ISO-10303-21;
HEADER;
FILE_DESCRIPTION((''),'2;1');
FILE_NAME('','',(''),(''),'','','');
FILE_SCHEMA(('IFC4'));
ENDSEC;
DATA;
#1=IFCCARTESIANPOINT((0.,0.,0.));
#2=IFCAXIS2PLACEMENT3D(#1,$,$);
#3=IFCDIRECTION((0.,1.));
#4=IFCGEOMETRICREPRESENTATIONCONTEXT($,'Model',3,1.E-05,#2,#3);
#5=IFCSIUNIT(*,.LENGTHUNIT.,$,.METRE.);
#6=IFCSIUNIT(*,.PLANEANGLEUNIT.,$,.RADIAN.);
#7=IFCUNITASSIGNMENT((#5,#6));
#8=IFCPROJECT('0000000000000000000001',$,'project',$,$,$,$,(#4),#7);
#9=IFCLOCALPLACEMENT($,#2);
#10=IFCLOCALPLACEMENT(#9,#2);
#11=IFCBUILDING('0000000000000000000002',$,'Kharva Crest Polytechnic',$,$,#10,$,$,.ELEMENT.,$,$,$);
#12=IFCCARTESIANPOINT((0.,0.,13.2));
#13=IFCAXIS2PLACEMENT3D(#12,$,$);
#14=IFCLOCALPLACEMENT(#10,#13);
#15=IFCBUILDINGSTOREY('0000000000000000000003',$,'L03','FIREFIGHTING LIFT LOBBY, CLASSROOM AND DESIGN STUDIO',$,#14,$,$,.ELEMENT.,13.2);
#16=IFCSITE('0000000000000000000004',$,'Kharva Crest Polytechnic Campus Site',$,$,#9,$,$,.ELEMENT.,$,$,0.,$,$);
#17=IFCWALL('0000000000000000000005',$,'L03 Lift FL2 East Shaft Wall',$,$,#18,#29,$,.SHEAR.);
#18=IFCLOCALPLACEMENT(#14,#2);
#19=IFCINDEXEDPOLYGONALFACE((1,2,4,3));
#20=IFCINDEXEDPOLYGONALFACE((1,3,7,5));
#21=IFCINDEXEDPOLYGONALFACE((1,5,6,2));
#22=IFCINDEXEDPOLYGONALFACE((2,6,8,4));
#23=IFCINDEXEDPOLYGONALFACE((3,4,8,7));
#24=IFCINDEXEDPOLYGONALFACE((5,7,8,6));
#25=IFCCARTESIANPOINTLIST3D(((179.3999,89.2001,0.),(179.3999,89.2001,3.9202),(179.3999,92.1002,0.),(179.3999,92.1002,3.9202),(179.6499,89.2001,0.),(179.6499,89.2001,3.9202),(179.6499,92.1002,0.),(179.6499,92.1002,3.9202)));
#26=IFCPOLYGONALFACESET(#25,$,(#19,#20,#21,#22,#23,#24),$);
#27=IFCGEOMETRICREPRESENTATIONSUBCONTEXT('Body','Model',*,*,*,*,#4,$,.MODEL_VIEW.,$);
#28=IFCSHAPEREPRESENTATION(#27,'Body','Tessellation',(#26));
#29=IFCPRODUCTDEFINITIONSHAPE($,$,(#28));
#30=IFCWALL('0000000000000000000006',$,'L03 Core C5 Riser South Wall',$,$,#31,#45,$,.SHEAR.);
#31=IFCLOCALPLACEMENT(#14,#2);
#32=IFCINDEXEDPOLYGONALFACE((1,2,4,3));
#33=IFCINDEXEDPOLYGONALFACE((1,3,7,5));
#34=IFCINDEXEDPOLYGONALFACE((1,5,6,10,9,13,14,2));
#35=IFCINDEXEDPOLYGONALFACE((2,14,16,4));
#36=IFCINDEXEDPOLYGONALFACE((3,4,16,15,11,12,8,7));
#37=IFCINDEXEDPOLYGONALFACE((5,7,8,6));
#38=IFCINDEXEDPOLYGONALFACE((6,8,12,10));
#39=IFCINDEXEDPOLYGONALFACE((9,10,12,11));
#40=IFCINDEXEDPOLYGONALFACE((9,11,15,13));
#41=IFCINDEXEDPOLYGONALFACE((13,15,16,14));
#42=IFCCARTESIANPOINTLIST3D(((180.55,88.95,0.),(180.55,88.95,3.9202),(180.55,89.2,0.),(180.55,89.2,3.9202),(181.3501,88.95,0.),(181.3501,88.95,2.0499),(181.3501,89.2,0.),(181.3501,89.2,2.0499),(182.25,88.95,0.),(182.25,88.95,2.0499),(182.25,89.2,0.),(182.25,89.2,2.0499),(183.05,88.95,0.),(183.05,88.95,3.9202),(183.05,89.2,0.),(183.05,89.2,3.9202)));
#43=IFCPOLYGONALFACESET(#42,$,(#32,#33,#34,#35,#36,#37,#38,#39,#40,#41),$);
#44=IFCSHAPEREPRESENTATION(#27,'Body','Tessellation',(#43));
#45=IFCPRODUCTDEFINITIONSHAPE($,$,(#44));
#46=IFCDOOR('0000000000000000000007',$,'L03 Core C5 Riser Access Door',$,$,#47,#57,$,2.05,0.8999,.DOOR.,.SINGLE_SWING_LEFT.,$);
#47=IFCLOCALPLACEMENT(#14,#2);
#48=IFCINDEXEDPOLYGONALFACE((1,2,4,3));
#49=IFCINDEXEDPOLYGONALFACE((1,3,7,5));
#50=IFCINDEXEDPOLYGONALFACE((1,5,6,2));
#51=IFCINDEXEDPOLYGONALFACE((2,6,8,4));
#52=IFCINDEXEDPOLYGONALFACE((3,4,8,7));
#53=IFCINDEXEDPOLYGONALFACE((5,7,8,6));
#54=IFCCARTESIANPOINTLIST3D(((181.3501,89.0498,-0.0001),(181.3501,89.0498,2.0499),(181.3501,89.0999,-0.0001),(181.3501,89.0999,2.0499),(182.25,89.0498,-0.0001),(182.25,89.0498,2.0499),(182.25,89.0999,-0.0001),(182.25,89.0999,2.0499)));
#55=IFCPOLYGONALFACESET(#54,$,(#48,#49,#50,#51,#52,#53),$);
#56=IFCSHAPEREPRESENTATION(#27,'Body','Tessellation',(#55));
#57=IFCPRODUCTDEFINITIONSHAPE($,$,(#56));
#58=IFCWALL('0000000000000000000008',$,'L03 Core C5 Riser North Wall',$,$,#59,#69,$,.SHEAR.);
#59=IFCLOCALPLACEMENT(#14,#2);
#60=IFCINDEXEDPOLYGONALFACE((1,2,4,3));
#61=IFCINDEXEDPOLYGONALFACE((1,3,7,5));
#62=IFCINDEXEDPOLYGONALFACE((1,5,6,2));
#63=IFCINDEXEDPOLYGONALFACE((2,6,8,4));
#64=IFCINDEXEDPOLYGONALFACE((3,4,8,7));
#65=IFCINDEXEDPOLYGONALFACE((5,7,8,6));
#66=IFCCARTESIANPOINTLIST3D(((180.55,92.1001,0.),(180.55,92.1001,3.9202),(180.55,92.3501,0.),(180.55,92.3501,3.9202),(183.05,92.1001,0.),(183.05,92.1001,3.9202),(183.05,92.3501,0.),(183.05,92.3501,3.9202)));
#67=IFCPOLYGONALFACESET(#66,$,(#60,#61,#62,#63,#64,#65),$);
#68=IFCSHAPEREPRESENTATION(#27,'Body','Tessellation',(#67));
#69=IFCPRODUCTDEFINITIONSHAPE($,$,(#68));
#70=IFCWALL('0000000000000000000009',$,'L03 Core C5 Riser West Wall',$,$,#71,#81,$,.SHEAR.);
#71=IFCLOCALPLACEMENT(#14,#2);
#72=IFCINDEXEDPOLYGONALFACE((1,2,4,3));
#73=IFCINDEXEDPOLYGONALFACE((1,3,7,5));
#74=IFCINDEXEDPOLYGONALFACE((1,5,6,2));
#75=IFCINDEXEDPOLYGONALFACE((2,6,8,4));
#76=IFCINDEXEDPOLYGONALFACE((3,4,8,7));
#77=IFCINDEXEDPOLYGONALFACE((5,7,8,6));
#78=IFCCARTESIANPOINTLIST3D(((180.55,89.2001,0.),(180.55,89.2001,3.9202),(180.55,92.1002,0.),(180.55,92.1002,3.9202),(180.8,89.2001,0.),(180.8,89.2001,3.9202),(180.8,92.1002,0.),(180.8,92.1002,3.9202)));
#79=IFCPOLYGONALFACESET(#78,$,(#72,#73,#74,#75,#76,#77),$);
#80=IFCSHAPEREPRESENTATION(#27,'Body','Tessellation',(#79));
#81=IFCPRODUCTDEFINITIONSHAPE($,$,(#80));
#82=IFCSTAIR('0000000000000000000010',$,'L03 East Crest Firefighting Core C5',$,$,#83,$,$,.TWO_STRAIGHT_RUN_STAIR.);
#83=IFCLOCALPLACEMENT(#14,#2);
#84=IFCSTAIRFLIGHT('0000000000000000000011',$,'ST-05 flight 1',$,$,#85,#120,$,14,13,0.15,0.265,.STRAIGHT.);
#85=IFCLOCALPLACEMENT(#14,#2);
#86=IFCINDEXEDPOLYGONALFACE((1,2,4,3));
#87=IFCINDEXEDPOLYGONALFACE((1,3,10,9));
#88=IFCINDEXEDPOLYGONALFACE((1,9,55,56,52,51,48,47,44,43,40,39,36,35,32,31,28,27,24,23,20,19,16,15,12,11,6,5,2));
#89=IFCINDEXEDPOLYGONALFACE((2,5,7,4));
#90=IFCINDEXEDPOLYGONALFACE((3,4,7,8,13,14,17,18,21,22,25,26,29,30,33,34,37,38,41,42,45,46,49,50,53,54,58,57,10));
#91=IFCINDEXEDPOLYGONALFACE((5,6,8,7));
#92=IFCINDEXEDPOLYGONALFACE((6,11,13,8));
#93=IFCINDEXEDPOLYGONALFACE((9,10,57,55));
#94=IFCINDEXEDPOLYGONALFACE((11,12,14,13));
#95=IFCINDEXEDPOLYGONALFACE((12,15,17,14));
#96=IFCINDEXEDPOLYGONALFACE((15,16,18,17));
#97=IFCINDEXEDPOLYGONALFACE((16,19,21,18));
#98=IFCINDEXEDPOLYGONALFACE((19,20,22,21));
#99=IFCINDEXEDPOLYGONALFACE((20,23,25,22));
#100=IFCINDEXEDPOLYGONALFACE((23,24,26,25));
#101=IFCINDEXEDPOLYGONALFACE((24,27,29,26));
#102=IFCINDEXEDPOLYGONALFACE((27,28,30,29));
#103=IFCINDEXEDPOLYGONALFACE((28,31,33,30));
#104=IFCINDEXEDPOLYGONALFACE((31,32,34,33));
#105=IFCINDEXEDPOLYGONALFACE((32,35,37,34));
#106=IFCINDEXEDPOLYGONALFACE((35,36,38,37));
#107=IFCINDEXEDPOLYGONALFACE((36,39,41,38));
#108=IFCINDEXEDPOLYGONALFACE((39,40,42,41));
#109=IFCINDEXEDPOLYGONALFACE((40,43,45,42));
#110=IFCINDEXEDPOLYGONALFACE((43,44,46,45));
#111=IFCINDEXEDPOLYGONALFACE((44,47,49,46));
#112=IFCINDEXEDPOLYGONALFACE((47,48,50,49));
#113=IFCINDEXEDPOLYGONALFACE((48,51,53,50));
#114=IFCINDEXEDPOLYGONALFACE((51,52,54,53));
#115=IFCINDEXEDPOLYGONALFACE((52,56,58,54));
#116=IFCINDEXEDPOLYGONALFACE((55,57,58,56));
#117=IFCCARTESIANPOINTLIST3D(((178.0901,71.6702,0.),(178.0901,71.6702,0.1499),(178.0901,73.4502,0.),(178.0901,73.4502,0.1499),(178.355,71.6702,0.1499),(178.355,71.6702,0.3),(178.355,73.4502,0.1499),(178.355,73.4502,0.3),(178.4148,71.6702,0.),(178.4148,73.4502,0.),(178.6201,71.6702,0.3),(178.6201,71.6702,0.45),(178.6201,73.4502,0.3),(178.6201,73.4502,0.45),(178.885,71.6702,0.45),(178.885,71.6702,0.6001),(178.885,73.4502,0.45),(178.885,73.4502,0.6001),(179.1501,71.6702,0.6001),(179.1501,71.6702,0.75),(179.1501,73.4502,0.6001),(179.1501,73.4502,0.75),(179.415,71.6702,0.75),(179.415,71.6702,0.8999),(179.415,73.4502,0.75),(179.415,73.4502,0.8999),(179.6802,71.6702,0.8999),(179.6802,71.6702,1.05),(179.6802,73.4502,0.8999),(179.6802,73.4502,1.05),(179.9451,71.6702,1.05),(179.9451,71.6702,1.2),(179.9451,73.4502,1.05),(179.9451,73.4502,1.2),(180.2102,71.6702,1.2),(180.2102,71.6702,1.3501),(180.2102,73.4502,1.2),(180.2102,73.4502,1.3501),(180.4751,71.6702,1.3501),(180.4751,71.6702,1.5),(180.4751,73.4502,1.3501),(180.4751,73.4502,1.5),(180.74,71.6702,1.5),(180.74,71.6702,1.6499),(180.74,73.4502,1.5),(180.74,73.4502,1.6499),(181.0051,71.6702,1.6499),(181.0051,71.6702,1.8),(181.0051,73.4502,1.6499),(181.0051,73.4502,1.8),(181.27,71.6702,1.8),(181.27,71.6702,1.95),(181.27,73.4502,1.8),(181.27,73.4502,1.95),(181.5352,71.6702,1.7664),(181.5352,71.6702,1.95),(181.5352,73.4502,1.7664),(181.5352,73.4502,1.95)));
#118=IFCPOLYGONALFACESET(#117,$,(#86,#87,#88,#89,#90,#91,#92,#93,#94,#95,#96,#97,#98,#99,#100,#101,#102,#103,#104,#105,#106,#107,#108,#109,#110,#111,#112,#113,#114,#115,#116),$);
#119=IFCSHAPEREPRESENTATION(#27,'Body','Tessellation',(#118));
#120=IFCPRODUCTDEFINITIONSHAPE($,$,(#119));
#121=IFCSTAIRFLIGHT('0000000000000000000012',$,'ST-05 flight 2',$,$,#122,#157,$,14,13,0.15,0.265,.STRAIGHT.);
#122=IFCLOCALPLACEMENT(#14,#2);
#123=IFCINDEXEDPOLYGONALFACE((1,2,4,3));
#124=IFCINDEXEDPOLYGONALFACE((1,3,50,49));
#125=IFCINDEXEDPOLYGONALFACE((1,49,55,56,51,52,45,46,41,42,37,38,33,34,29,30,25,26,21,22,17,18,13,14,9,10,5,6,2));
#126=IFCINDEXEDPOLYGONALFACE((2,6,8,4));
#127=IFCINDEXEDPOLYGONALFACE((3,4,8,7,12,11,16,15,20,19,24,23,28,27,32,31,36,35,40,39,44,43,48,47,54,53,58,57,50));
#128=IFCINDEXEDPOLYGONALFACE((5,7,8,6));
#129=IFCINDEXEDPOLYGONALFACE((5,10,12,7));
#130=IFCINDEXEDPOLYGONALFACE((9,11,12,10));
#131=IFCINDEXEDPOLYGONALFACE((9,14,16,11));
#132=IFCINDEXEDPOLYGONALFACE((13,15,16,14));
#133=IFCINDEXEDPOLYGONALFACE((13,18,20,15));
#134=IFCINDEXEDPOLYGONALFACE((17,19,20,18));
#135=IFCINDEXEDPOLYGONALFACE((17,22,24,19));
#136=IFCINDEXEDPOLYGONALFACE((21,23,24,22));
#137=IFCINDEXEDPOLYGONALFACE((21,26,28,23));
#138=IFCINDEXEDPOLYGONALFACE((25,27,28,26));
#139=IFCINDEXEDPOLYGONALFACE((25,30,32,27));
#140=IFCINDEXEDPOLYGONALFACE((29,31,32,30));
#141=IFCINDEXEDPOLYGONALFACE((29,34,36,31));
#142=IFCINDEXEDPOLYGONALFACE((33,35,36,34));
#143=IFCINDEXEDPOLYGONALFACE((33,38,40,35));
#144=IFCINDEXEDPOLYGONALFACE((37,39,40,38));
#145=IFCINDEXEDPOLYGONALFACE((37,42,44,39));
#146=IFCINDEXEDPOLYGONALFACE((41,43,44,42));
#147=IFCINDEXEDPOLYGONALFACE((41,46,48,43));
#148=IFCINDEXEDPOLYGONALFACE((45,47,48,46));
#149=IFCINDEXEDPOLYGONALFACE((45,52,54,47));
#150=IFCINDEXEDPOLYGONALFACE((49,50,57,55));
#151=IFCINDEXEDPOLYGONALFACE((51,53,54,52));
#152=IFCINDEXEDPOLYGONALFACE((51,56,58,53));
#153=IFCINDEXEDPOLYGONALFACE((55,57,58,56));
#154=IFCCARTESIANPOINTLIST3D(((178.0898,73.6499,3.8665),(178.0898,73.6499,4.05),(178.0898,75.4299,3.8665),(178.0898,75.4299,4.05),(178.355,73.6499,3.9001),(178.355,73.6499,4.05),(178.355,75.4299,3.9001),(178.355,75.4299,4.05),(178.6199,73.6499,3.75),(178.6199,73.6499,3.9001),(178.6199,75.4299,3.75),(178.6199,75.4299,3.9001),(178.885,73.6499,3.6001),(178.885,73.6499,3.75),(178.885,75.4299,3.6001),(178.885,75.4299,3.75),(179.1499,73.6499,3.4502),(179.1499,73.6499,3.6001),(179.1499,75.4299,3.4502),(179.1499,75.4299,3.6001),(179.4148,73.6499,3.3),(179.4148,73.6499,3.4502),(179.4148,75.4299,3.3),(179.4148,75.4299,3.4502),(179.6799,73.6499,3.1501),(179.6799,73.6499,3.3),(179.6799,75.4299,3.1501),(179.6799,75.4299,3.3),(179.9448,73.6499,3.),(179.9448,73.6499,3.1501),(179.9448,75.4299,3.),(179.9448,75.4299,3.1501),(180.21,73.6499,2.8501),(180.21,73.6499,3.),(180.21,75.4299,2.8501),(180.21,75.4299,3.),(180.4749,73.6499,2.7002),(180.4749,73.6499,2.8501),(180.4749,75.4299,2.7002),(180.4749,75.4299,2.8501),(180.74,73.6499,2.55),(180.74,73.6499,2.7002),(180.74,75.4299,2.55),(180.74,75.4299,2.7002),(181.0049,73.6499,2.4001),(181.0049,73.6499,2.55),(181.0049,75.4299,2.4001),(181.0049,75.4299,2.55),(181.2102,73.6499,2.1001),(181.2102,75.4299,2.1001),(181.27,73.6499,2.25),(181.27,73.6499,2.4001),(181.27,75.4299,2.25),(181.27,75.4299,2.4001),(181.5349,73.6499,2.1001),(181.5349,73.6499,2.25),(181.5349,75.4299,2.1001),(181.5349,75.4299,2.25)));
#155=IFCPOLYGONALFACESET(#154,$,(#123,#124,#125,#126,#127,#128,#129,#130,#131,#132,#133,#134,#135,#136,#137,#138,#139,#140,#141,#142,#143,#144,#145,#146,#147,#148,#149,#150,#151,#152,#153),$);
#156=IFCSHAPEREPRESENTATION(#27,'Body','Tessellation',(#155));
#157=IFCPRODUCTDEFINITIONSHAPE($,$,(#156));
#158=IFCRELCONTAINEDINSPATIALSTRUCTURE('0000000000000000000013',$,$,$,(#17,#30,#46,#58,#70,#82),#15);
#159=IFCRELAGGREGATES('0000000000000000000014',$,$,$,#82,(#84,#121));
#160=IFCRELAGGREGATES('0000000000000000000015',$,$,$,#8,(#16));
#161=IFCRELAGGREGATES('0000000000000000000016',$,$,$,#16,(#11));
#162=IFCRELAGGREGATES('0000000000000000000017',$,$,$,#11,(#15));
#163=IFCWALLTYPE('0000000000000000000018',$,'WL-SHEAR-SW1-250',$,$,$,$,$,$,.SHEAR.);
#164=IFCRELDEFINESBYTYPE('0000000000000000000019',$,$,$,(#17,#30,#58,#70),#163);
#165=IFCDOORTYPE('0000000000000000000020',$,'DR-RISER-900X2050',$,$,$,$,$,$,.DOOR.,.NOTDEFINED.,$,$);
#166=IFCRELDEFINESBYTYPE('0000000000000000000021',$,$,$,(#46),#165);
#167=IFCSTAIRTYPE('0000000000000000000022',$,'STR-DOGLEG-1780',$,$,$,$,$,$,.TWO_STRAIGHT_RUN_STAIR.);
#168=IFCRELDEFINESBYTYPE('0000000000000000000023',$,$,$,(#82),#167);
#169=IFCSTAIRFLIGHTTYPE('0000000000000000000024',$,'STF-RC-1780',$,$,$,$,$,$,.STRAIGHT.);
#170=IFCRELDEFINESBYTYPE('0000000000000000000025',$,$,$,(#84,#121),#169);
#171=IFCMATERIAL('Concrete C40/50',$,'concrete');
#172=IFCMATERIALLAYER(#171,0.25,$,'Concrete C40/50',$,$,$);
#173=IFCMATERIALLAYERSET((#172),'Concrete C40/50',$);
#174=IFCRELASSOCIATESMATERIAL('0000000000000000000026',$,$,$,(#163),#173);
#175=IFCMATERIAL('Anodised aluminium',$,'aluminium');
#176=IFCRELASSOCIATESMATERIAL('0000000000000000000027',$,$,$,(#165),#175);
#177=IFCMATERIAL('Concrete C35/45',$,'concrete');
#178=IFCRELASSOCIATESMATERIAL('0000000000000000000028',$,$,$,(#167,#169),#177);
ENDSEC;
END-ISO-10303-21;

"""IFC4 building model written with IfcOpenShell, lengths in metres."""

from ifc_helpers import new_model, si_unit, direction, frame, frame_2d, origin, place, context, subcontext, project, spatial, polyline, rectangle, outline, extrude, material, layer, layer_set, type_object, element, fill, aggregate, save


model = new_model("IFC4")

# Units and contexts
model_context = context("Model", 3, precision=1e-05, world=origin(), true_north=direction((0.0, 1.0)))
body_context = subcontext(model_context, "Body", "Model", "MODEL_VIEW")
ifc_project = project(units=[si_unit("LENGTHUNIT", "METRE"), si_unit("PLANEANGLEUNIT", "RADIAN")], contexts=[model_context])

# Site, building, storey
site_placement = place(None, origin())
site = spatial("IfcSite", under=ifc_project, at=site_placement, Name="Kharva Crest Polytechnic Campus Site", CompositionType="ELEMENT", RefElevation=0.0)
building_placement = place(site_placement, origin())
building = spatial("IfcBuilding", under=site, at=building_placement, Name="Kharva Crest Polytechnic", CompositionType="ELEMENT")
storey_placement = place(building_placement, frame((0.0, 0.0, 13.2)))
storey = spatial("IfcBuildingStorey", under=building, at=storey_placement, Name="L03", Description="FIREFIGHTING LIFT LOBBY, CLASSROOM AND DESIGN STUDIO", CompositionType="ELEMENT", Elevation=13.2)

# Shared definitions
ifc_material_1 = material(Name="Concrete C40/50", Category="concrete")

# Shared definitions
ifc_material_2 = material(Name="Concrete C35/45", Category="concrete")

# Shared definitions
ifc_layer_1 = layer(ifc_material_1, 0.25, Name="Concrete C40/50")
ifc_layer_set_1 = layer_set([ifc_layer_1], Name="Concrete C40/50")
wall_type_1 = type_object("IfcWallType", Name="WL-SHEAR-SW1-250", PredefinedType="SHEAR", material=ifc_layer_set_1)
ifc_material_3 = material(Name="Anodised aluminium", Category="aluminium")

# Wall
for number, where, z_axis, x_axis, name in (
    (1, (179.5249, 89.2, 0.0), (0.0, 0.0, 1.0), (0.0, 1.0, 0.0), "L03 Lift FL2 East Shaft Wall"),
):
    element("IfcWall", number, at=place(storey_placement, frame(where, z_axis=z_axis, x_axis=x_axis)), inside=storey, type_object=wall_type_1, Name=name, PredefinedType="SHEAR", context=body_context, shape_type="SweptSolid", body=[
        extrude(rectangle(XDim=2.9001, YDim=0.25, at=frame_2d((1.4502, 0.0))), origin(), (0.0, 0.0, 1.0), 3.9202),
    ])

# Wall, opening, door
wall_1_placement = place(storey_placement, frame((180.55, 89.075, 0.0), z_axis=(0.0, 0.0, 1.0), x_axis=(1.0, 0.0, 0.0)))
wall_1 = element("IfcWall", 2, at=wall_1_placement, inside=storey, type_object=wall_type_1, Name="L03 Core C5 Riser South Wall", PredefinedType="SHEAR", context=body_context, shape_type="SweptSolid", body=[
    extrude(rectangle(XDim=2.5, YDim=0.25, at=frame_2d((1.25, 0.0))), origin(), (0.0, 0.0, 1.0), 3.9202),
])
opening_1_placement = place(wall_1_placement, frame((0.8, 0.0, 0.0)))
opening_1 = element("IfcOpeningElement", 3, at=opening_1_placement, cuts=wall_1, PredefinedType="OPENING", context=body_context, shape_type="SweptSolid", body=[
    extrude(rectangle(XDim=0.8999, YDim=2.05, at=frame_2d((0.45, 1.0249))), frame((0.0, 0.135, 0.0), z_axis=(0.0, -1.0, 0.0), x_axis=(1.0, 0.0, 0.0)), (0.0, 0.0, 1.0), 0.27),
])
door_type_1 = type_object("IfcDoorType", Name="DR-RISER-900X2050", OperationType="NOTDEFINED", PredefinedType="DOOR", material=ifc_material_3)
door_1_placement = place(opening_1_placement, origin())
door_1 = element("IfcDoor", 4, at=door_1_placement, inside=storey, type_object=door_type_1, Name="L03 Core C5 Riser Access Door", OperationType="SINGLE_SWING_LEFT", OverallHeight=2.05, OverallWidth=0.8999, PredefinedType="DOOR", context=body_context, shape_type="SweptSolid", body=[
    extrude(rectangle(XDim=0.8999, YDim=2.05, at=frame_2d((0.45, 1.0249))), frame((0.0, 0.0249, 0.0), z_axis=(0.0, -1.0, 0.0), x_axis=(1.0, 0.0, 0.0)), (0.0, 0.0, 1.0), 0.05),
])
fill(opening_1, door_1)

# Walls
wall_2_placement = place(storey_placement, frame((180.55, 92.2251, 0.0), z_axis=(0.0, 0.0, 1.0), x_axis=(1.0, 0.0, 0.0)))
element("IfcWall", 5, at=wall_2_placement, inside=storey, type_object=wall_type_1, Name="L03 Core C5 Riser North Wall", PredefinedType="SHEAR", context=body_context, shape_type="SweptSolid", body=[
    extrude(rectangle(XDim=2.5, YDim=0.25, at=frame_2d((1.25, 0.0))), origin(), (0.0, 0.0, 1.0), 3.9202),
])
wall_3_placement = place(storey_placement, frame((180.675, 89.2, 0.0), z_axis=(0.0, 0.0, 1.0), x_axis=(0.0, 1.0, 0.0)))
element("IfcWall", 6, at=wall_3_placement, inside=storey, type_object=wall_type_1, Name="L03 Core C5 Riser West Wall", PredefinedType="SHEAR", context=body_context, shape_type="SweptSolid", body=[
    extrude(rectangle(XDim=2.9001, YDim=0.25, at=frame_2d((1.4502, 0.0))), origin(), (0.0, 0.0, 1.0), 3.9202),
])

# Stair, stair flights
stair_type = type_object("IfcStairType", Name="STR-DOGLEG-1780", PredefinedType="TWO_STRAIGHT_RUN_STAIR", material=ifc_material_2)
stair_placement = place(storey_placement, origin())
stair = element("IfcStair", 7, at=stair_placement, inside=storey, type_object=stair_type, Name="L03 East Crest Firefighting Core C5", PredefinedType="TWO_STRAIGHT_RUN_STAIR")
stair_flight_type = type_object("IfcStairFlightType", Name="STF-RC-1780", PredefinedType="STRAIGHT", material=ifc_material_2)
stair_flight_1_placement = place(storey_placement, frame((178.0901, 72.5601, 0.0), z_axis=(0.0, 0.0, 1.0), x_axis=(1.0, 0.0, 0.0)))
stair_flight_1 = element("IfcStairFlight", 8, at=stair_flight_1_placement, type_object=stair_flight_type, Name="ST-05 flight 1", NumberOfRisers=14, NumberOfTreads=13, PredefinedType="STRAIGHT", RiserHeight=0.15, TreadLength=0.265, context=body_context, shape_type="SweptSolid", body=[
    extrude(outline(polyline([(0.0, 0.0), (0.0, 0.1499), (0.2649, 0.1499), (0.2649, 0.3), (0.53, 0.3), (0.53, 0.45), (0.7949, 0.45), (0.7949, 0.6001), (1.0601, 0.6001), (1.0601, 0.75), (1.325, 0.75), (1.325, 0.8999), (1.5901, 0.8999), (1.5901, 1.05), (1.855, 1.05), (1.855, 1.2), (2.1201, 1.2), (2.1201, 1.3501), (2.385, 1.3501), (2.385, 1.5), (2.6499, 1.5), (2.6499, 1.6499), (2.915, 1.6499), (2.915, 1.8), (3.1799, 1.8), (3.1799, 1.95), (3.4451, 1.95), (3.4451, 2.1001), (3.4451, 1.7664), (0.3247, 0.0), (0.0, 0.0)])), frame((0.0, 0.8901, 0.0), z_axis=(0.0, -1.0, 0.0), x_axis=(1.0, 0.0, 0.0)), (0.0, 0.0, 1.0), 1.78),
])
stair_flight_2_placement = place(storey_placement, frame((181.5349, 74.54, 2.1001), z_axis=(0.0, 0.0, 1.0), x_axis=(-1.0, 0.0, 0.0)))
stair_flight_2 = element("IfcStairFlight", 9, at=stair_flight_2_placement, type_object=stair_flight_type, Name="ST-05 flight 2", NumberOfRisers=14, NumberOfTreads=13, PredefinedType="STRAIGHT", RiserHeight=0.15, TreadLength=0.265, context=body_context, shape_type="SweptSolid", body=[
    extrude(outline(polyline([(0.0, 0.0), (0.0, 0.1499), (0.2649, 0.1499), (0.2649, 0.3), (0.53, 0.3), (0.53, 0.45), (0.7949, 0.45), (0.7949, 0.6001), (1.0601, 0.6001), (1.0601, 0.75), (1.325, 0.75), (1.325, 0.8999), (1.5901, 0.8999), (1.5901, 1.05), (1.855, 1.05), (1.855, 1.2), (2.1201, 1.2), (2.1201, 1.3501), (2.385, 1.3501), (2.385, 1.5), (2.6499, 1.5), (2.6499, 1.6499), (2.915, 1.6499), (2.915, 1.8), (3.1799, 1.8), (3.1799, 1.95), (3.4451, 1.95), (3.4451, 2.1001), (3.4451, 1.7664), (0.3247, 0.0), (0.0, 0.0)])), frame((0.0, 0.8901, 0.0), z_axis=(0.0, -1.0, 0.0), x_axis=(1.0, 0.0, 0.0)), (0.0, 0.0, 1.0), 1.78),
])
aggregate(stair, [stair_flight_1, stair_flight_2])

save(model, "model.ifc")
